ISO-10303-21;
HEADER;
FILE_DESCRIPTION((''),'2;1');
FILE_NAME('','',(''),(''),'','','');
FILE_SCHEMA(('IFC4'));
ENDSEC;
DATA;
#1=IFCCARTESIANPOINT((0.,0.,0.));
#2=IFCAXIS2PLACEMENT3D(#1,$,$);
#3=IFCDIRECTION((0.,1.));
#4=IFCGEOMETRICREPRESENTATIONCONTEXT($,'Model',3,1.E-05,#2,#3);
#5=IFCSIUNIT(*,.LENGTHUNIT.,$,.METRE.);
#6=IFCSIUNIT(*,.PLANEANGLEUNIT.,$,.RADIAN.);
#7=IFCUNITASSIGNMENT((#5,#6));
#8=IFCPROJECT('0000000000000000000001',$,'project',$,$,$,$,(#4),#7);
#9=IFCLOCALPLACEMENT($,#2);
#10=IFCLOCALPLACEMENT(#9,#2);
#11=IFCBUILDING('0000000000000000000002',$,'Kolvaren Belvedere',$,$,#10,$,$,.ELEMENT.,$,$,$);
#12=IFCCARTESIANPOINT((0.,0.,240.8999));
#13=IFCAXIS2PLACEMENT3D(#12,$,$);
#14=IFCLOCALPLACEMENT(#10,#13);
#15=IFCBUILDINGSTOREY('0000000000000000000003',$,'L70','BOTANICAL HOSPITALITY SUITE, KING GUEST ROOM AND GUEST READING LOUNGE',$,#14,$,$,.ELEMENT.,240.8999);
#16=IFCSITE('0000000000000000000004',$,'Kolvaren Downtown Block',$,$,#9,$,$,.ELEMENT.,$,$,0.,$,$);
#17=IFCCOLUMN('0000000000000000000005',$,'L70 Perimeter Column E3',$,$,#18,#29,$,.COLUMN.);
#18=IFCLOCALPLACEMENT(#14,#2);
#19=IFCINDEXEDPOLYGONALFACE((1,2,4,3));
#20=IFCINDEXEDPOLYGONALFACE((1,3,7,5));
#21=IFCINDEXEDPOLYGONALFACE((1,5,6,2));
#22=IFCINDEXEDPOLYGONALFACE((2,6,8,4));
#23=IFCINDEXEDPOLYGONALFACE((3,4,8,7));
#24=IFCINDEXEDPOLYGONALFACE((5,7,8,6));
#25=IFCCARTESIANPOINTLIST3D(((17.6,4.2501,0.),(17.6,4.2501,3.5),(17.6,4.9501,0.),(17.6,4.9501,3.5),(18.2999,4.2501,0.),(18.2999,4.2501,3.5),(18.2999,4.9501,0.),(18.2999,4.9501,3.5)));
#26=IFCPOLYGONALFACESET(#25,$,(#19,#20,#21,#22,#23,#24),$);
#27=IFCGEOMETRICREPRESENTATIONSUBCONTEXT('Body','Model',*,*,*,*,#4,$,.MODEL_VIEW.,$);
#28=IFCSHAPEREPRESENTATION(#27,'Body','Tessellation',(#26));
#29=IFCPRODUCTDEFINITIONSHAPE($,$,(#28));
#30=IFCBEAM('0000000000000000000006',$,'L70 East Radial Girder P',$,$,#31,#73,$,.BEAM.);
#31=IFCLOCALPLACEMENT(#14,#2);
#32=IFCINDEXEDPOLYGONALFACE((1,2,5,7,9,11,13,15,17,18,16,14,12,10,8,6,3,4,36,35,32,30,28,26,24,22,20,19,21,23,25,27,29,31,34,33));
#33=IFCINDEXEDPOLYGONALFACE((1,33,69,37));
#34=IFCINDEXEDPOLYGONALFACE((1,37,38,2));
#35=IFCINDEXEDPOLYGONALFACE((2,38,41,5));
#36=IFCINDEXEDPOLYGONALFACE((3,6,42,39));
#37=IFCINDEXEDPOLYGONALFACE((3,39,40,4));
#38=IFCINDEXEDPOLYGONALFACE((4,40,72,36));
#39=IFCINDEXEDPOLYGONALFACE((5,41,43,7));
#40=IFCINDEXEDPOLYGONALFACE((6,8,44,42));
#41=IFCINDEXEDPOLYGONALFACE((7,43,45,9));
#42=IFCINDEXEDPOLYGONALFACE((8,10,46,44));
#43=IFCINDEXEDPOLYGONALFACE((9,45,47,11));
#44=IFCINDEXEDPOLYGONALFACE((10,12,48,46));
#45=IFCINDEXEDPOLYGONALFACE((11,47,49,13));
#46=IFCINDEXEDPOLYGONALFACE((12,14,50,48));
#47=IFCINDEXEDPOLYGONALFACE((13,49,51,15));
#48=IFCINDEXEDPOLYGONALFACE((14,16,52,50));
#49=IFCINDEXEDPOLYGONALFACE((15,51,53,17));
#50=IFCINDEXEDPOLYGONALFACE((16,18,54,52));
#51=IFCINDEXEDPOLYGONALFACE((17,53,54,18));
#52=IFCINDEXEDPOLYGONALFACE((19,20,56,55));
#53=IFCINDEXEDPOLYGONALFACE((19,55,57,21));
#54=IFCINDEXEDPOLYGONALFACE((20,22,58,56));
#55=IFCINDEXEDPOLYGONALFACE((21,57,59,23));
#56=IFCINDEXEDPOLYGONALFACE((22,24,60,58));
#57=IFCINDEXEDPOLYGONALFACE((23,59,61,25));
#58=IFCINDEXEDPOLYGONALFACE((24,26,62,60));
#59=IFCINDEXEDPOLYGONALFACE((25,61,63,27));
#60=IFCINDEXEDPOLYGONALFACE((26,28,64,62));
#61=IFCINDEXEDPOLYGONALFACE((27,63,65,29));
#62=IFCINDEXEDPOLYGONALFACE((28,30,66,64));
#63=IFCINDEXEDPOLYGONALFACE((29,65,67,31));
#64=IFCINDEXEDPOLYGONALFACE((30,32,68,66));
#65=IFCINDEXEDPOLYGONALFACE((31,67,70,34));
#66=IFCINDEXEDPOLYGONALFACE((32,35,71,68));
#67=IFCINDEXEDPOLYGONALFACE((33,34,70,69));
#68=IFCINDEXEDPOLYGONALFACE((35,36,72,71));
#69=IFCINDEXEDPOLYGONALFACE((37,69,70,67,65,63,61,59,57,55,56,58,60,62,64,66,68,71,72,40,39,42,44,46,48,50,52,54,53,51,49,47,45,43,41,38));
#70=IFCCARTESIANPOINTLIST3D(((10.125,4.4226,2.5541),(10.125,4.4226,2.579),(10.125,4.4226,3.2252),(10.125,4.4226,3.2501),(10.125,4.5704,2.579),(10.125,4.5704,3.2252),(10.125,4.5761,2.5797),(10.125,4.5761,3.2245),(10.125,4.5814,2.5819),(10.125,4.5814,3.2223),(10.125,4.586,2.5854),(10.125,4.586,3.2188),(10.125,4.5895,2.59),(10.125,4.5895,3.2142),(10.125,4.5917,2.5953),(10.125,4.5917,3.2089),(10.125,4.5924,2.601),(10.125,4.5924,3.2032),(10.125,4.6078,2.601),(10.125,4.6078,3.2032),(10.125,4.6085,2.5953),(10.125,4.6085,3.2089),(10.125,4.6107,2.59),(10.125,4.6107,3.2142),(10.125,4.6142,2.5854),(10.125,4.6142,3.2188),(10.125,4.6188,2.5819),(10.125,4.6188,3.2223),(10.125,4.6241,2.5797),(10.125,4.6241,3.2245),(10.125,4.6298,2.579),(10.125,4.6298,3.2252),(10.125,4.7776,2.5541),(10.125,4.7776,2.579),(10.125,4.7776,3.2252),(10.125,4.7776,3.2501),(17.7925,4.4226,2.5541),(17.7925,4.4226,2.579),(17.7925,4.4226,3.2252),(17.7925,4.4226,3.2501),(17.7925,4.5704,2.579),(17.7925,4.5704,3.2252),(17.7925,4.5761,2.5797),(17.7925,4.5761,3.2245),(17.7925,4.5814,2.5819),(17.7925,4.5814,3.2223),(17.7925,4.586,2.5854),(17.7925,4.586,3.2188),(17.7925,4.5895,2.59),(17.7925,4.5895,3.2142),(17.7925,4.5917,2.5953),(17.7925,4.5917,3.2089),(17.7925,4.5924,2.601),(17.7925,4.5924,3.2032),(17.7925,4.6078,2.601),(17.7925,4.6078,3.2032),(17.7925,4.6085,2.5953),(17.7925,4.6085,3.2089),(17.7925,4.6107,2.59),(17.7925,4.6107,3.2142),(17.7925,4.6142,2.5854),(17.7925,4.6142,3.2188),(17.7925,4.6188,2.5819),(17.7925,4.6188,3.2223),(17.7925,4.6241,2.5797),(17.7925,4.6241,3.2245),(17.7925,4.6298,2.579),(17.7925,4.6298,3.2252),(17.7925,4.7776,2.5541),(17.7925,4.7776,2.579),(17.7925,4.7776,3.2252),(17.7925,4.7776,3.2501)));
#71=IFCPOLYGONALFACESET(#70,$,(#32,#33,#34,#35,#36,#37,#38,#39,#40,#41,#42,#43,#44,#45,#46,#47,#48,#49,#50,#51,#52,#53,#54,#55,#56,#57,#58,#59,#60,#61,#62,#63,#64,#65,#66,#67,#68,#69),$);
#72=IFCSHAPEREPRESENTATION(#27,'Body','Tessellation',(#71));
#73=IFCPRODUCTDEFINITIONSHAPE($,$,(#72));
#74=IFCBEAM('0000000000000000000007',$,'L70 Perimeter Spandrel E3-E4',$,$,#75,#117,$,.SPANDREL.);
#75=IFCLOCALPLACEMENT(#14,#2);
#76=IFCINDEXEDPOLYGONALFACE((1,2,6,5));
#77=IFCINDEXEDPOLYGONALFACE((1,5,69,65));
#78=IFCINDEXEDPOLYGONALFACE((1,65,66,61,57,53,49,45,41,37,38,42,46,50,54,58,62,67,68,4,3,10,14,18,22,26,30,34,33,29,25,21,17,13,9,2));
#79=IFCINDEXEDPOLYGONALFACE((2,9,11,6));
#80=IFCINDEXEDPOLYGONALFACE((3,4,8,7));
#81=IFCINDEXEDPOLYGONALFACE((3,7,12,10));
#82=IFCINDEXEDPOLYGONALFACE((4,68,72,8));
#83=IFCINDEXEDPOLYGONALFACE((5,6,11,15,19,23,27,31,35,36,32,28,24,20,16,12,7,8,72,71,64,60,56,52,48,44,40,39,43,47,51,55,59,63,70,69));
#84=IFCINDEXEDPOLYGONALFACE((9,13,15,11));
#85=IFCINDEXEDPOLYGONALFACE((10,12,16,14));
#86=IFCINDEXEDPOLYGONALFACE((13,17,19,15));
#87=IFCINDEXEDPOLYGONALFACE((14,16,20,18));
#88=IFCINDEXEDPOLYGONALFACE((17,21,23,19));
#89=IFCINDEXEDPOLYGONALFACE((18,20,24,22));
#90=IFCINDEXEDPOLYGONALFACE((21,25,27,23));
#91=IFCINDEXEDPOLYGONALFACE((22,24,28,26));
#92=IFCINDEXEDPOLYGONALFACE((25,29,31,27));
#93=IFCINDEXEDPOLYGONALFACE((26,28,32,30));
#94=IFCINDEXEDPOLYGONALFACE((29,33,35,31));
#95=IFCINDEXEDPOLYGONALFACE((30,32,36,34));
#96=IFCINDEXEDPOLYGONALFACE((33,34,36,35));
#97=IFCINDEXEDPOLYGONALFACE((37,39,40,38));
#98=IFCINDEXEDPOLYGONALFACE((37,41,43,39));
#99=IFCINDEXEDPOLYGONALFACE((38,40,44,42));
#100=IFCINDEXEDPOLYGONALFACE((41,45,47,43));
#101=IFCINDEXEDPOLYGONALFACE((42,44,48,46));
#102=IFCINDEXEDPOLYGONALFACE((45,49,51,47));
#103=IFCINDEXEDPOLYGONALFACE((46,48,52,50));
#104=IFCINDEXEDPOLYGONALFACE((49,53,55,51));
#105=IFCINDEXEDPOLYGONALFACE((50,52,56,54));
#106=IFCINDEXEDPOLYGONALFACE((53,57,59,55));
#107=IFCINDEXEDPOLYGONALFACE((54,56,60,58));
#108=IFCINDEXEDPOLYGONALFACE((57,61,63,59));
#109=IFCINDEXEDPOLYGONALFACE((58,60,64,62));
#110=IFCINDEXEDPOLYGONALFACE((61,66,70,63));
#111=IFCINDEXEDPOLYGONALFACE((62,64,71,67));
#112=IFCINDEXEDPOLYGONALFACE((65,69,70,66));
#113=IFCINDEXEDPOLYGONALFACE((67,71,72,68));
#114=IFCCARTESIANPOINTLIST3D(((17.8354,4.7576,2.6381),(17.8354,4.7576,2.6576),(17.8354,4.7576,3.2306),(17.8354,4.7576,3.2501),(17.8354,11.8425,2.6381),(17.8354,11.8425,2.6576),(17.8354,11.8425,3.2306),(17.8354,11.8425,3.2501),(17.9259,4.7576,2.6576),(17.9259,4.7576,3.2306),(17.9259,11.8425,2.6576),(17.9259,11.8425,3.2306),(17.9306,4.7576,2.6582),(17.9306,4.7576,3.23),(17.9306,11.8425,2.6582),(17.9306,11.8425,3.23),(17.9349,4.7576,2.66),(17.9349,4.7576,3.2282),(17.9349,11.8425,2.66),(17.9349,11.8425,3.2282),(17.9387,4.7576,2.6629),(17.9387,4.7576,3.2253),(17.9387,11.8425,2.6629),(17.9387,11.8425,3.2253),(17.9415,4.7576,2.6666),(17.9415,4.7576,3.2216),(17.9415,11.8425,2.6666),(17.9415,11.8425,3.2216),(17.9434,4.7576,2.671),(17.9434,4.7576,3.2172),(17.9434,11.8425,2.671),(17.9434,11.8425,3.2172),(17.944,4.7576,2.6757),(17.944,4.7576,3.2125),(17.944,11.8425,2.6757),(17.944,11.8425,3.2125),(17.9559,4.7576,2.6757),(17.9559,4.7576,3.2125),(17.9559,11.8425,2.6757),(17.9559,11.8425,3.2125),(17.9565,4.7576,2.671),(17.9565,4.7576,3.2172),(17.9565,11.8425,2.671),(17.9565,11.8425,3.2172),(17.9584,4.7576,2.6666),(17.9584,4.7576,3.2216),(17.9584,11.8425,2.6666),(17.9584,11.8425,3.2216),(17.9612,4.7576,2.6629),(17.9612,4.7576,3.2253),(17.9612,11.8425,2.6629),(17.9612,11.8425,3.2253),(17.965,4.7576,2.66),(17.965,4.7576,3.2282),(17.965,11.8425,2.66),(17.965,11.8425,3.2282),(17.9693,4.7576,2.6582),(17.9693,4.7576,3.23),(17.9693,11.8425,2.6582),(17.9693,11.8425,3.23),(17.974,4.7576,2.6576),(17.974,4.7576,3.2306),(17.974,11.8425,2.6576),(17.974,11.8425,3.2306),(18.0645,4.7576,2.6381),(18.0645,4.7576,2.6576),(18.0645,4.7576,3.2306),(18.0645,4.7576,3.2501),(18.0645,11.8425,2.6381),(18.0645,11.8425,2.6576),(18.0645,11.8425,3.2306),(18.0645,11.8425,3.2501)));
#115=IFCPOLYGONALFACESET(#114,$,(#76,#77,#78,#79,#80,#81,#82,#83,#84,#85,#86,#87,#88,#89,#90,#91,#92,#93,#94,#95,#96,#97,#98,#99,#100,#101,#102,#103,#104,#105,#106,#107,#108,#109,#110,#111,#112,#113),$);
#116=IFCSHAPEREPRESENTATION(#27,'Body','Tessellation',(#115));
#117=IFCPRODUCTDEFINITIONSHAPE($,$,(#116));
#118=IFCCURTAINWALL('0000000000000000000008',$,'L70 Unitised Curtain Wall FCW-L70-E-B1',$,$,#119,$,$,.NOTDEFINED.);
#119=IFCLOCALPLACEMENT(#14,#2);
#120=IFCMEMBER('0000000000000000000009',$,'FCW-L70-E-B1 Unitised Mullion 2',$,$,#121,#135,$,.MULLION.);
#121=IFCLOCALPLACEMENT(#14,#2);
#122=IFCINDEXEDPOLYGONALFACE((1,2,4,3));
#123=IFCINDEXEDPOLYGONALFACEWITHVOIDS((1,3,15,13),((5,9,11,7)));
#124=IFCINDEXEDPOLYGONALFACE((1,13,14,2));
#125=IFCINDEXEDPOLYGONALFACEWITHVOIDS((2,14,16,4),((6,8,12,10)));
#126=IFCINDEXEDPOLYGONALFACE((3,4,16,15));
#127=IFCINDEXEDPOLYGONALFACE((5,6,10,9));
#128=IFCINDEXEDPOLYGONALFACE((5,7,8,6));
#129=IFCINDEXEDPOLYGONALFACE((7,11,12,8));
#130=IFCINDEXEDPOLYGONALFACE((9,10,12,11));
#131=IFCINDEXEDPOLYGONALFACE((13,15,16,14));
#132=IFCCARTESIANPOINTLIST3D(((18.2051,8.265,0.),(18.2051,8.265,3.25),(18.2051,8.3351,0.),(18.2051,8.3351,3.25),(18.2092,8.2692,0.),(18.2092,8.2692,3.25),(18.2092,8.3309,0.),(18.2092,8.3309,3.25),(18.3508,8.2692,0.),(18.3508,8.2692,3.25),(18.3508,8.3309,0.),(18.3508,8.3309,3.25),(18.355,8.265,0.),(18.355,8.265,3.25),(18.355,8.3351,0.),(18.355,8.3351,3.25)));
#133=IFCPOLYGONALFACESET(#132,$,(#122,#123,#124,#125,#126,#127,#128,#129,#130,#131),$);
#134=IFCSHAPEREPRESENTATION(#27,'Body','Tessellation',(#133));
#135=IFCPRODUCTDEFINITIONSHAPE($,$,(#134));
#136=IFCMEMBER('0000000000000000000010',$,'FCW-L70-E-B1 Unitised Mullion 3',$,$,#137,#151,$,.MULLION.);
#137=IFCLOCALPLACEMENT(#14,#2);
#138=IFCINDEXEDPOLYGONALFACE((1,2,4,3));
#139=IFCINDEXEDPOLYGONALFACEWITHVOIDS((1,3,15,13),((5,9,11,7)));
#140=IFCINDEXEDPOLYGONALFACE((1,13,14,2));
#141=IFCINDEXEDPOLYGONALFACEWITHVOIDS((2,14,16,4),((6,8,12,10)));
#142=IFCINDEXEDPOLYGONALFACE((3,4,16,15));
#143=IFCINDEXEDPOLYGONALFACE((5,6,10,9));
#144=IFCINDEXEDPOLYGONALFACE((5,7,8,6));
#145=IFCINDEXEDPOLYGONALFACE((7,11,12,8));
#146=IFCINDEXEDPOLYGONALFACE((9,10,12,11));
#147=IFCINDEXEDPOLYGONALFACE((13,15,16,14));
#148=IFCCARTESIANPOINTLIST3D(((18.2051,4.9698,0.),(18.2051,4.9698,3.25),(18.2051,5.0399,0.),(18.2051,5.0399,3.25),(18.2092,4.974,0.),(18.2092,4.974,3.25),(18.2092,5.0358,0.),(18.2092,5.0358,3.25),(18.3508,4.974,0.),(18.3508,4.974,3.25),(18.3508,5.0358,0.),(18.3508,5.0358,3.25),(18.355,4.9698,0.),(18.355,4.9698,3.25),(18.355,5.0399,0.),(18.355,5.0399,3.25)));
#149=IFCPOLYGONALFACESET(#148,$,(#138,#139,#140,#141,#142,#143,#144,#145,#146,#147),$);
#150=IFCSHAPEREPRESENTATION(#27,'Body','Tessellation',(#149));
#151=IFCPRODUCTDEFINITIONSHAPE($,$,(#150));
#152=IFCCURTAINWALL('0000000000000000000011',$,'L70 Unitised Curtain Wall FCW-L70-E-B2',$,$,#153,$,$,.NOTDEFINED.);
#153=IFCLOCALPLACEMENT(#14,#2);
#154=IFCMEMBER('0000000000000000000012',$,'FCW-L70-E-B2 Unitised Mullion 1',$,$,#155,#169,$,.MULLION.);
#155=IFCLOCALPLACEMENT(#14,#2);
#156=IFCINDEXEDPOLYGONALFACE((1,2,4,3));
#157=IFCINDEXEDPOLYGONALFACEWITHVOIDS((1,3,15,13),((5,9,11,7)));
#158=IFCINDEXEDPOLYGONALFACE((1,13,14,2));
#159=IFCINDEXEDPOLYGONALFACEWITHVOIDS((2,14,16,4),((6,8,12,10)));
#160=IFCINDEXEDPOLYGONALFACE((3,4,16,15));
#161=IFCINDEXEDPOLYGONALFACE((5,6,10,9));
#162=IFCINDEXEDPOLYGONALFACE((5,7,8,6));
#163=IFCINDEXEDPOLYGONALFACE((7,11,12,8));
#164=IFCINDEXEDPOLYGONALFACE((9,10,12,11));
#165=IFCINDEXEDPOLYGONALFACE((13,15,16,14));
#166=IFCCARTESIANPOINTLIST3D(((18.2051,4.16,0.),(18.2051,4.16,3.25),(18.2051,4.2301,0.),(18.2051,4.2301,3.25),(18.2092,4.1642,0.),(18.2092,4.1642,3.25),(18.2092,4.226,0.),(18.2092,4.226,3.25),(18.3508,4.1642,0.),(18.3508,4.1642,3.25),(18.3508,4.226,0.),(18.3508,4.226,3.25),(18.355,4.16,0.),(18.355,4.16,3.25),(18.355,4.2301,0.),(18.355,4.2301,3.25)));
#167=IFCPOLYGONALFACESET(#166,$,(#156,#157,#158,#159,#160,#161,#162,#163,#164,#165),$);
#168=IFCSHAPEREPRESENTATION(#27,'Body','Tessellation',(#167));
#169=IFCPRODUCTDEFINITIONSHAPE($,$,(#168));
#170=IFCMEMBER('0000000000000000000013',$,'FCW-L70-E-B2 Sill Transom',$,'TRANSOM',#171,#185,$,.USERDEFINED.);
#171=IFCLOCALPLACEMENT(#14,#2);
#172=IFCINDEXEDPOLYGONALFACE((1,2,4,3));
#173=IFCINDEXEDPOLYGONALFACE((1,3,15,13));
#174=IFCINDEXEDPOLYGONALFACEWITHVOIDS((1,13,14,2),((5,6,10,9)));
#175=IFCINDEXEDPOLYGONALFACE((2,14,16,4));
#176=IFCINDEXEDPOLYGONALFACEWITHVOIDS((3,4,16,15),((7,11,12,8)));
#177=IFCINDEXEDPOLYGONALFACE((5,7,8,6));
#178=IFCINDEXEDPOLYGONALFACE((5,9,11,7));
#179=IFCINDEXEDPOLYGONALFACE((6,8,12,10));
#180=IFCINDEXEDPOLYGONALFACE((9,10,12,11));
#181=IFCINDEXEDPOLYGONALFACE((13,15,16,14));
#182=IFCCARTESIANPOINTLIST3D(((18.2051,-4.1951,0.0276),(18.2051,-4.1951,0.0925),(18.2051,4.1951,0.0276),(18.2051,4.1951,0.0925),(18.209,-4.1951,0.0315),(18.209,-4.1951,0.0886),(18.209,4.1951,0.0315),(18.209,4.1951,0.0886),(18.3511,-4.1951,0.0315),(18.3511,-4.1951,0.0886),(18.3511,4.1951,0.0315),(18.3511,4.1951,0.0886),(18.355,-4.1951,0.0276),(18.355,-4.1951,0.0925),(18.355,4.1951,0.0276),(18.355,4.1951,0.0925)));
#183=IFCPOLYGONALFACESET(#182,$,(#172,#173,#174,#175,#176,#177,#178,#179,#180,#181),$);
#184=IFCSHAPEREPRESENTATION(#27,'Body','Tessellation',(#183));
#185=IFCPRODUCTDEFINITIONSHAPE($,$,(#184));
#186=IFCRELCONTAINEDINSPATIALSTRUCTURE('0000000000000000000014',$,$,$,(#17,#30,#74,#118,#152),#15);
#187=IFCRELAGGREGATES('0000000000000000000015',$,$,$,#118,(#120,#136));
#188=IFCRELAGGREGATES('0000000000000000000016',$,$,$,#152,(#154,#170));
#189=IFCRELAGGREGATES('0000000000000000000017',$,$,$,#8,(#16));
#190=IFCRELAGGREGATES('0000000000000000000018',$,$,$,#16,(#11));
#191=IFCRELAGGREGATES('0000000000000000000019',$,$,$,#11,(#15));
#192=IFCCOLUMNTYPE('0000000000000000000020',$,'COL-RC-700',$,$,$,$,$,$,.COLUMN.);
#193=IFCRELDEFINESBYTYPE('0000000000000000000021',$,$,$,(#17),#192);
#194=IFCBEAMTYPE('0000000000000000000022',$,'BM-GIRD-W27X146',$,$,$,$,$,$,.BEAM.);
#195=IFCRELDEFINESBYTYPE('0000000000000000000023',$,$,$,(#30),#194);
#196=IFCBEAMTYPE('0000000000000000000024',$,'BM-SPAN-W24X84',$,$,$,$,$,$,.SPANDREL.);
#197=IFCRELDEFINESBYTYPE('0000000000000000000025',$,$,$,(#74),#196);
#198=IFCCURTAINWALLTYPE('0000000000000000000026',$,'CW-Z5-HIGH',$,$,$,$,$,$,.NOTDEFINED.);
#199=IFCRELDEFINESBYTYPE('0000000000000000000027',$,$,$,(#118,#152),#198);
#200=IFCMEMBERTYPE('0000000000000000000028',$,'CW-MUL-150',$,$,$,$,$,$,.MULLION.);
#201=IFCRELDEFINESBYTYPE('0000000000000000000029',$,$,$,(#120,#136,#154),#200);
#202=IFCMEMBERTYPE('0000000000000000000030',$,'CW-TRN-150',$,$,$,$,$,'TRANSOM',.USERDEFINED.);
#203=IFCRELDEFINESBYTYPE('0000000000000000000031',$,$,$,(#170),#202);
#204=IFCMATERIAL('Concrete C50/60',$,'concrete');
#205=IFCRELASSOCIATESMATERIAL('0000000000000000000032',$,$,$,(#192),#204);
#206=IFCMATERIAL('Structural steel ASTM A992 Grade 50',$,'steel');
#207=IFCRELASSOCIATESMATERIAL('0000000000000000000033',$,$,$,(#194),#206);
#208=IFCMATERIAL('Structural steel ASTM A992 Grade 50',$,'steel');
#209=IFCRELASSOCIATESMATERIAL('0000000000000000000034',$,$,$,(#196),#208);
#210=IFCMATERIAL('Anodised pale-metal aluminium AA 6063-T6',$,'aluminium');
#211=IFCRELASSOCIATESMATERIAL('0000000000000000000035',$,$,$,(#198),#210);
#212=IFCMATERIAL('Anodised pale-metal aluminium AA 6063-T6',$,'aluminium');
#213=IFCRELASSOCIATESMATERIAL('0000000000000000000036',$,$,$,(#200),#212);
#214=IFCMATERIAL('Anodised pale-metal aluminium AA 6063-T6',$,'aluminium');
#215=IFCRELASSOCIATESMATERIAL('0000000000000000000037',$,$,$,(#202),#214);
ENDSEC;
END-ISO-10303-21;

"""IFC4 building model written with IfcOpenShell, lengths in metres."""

from ifc_helpers import new_model, si_unit, direction, frame, origin, origin_2d, place, context, subcontext, project, spatial, rectangle, hollow_rectangle, i_section, extrude, material, material_profile, profile_set, type_object, element, aggregate, save


model = new_model("IFC4")

# Units and contexts
model_context = context("Model", 3, precision=1e-05, world=origin(), true_north=direction((0.0, 1.0)))
body_context = subcontext(model_context, "Body", "Model", "MODEL_VIEW")
ifc_project = project(units=[si_unit("LENGTHUNIT", "METRE"), si_unit("PLANEANGLEUNIT", "RADIAN")], contexts=[model_context])

# Site, building, storey
site_placement = place(None, origin())
site = spatial("IfcSite", under=ifc_project, at=site_placement, Name="Kolvaren Downtown Block", CompositionType="ELEMENT", RefElevation=0.0)
building_placement = place(site_placement, origin())
building = spatial("IfcBuilding", under=site, at=building_placement, Name="Kolvaren Belvedere", CompositionType="ELEMENT")
storey_placement = place(building_placement, frame((0.0, 0.0, 240.8999)))
storey = spatial("IfcBuildingStorey", under=building, at=storey_placement, Name="L70", Description="BOTANICAL HOSPITALITY SUITE, KING GUEST ROOM AND GUEST READING LOUNGE", CompositionType="ELEMENT", Elevation=240.8999)

# Column
ifc_material_1 = material(Name="Concrete C50/60", Category="concrete")
ifc_material_profile_1 = material_profile(ifc_material_1, rectangle(XDim=0.7, YDim=0.7, at=origin_2d()), Name="RC 700X700")
ifc_profile_set_1 = profile_set([ifc_material_profile_1], Name="Concrete C50/60")
column_type = type_object("IfcColumnType", Name="COL-RC-700", PredefinedType="COLUMN", material=ifc_profile_set_1)
column_placement = place(storey_placement, frame((17.95, 4.6001, 0.0), z_axis=(0.0, 0.0, 1.0), x_axis=(1.0, 0.0, 0.0)))
element("IfcColumn", 1, at=column_placement, inside=storey, type_object=column_type, Name="L70 Perimeter Column E3", PredefinedType="COLUMN", context=body_context, shape_type="SweptSolid", body=[
    extrude(rectangle(XDim=0.7, YDim=0.7, at=origin_2d()), origin(), (0.0, 0.0, 1.0), 3.5),
])

# Beams
ifc_material_2 = material(Name="Structural steel ASTM A992 Grade 50", Category="steel")
ifc_material_profile_2 = material_profile(ifc_material_2, i_section(OverallWidth=0.355, OverallDepth=0.696, WebThickness=0.0154, FlangeThickness=0.0249, FilletRadius=0.022, at=origin_2d()), Name="W27X146")
ifc_profile_set_2 = profile_set([ifc_material_profile_2], Name="Structural steel ASTM A992 Grade 50")
beam_type_1 = type_object("IfcBeamType", Name="BM-GIRD-W27X146", PredefinedType="BEAM", material=ifc_profile_set_2)
beam_1_placement = place(storey_placement, frame((10.125, 4.6001, 2.9021), z_axis=(1.0, 0.0, 0.0), x_axis=(0.0, 1.0, 0.0)))
element("IfcBeam", 2, at=beam_1_placement, inside=storey, type_object=beam_type_1, Name="L70 East Radial Girder P", PredefinedType="BEAM", context=body_context, shape_type="SweptSolid", body=[
    extrude(i_section(OverallWidth=0.355, OverallDepth=0.696, WebThickness=0.0154, FlangeThickness=0.0249, FilletRadius=0.022, at=origin_2d()), origin(), (0.0, 0.0, 1.0), 7.6675),
])
ifc_material_3 = material(Name="Structural steel ASTM A992 Grade 50", Category="steel")
ifc_material_profile_3 = material_profile(ifc_material_3, i_section(OverallWidth=0.229, OverallDepth=0.6121, WebThickness=0.012, FlangeThickness=0.0195, FilletRadius=0.0181, at=origin_2d()), Name="W24X84")
ifc_profile_set_3 = profile_set([ifc_material_profile_3], Name="Structural steel ASTM A992 Grade 50")
beam_type_2 = type_object("IfcBeamType", Name="BM-SPAN-W24X84", PredefinedType="SPANDREL", material=ifc_profile_set_3)
beam_2_placement = place(storey_placement, frame((17.95, 4.7576, 2.9441), z_axis=(0.0, 1.0, 0.0), x_axis=(-1.0, 0.0, 0.0)))
element("IfcBeam", 3, at=beam_2_placement, inside=storey, type_object=beam_type_2, Name="L70 Perimeter Spandrel E3-E4", PredefinedType="SPANDREL", context=body_context, shape_type="SweptSolid", body=[
    extrude(i_section(OverallWidth=0.229, OverallDepth=0.6121, WebThickness=0.012, FlangeThickness=0.0195, FilletRadius=0.0181, at=origin_2d()), origin(), (0.0, 0.0, 1.0), 7.085),
])

# Curtain walls, members
ifc_material_4 = material(Name="Anodised pale-metal aluminium AA 6063-T6", Category="aluminium")
curtain_wall_type = type_object("IfcCurtainWallType", Name="CW-Z5-HIGH", PredefinedType="NOTDEFINED", material=ifc_material_4)
curtain_wall_1_placement = place(storey_placement, origin())
curtain_wall_1 = element("IfcCurtainWall", 4, at=curtain_wall_1_placement, inside=storey, type_object=curtain_wall_type, Name="L70 Unitised Curtain Wall FCW-L70-E-B1", PredefinedType="NOTDEFINED")
ifc_material_5 = material(Name="Anodised pale-metal aluminium AA 6063-T6", Category="aluminium")
ifc_material_profile_4 = material_profile(ifc_material_5, hollow_rectangle(XDim=0.0701, YDim=0.1499, WallThickness=0.0042, at=origin_2d()), Name="ALU-MUL-150X70")
ifc_profile_set_4 = profile_set([ifc_material_profile_4], Name="Anodised pale-metal aluminium AA 6063-T6")
member_type_1 = type_object("IfcMemberType", Name="CW-MUL-150", PredefinedType="MULLION", material=ifc_profile_set_4)
member_1_placement = place(storey_placement, frame((18.28, 8.3, 0.0), z_axis=(0.0, 0.0, 1.0), x_axis=(0.0, 1.0, 0.0)))
member_1 = element("IfcMember", 5, at=member_1_placement, type_object=member_type_1, Name="FCW-L70-E-B1 Unitised Mullion 2", PredefinedType="MULLION", context=body_context, shape_type="SweptSolid", body=[
    extrude(hollow_rectangle(XDim=0.0701, YDim=0.1499, WallThickness=0.0042, at=origin_2d()), origin(), (0.0, 0.0, 1.0), 3.25),
])
member_2_placement = place(storey_placement, frame((18.28, 5.0049, 0.0), z_axis=(0.0, 0.0, 1.0), x_axis=(0.0, 1.0, 0.0)))
member_2 = element("IfcMember", 6, at=member_2_placement, type_object=member_type_1, Name="FCW-L70-E-B1 Unitised Mullion 3", PredefinedType="MULLION", context=body_context, shape_type="SweptSolid", body=[
    extrude(hollow_rectangle(XDim=0.0701, YDim=0.1499, WallThickness=0.0042, at=origin_2d()), origin(), (0.0, 0.0, 1.0), 3.25),
])
curtain_wall_2_placement = place(storey_placement, origin())
curtain_wall_2 = element("IfcCurtainWall", 7, at=curtain_wall_2_placement, inside=storey, type_object=curtain_wall_type, Name="L70 Unitised Curtain Wall FCW-L70-E-B2", PredefinedType="NOTDEFINED")
member_3_placement = place(storey_placement, frame((18.28, 4.1951, 0.0), z_axis=(0.0, 0.0, 1.0), x_axis=(0.0, 1.0, 0.0)))
member_3 = element("IfcMember", 8, at=member_3_placement, type_object=member_type_1, Name="FCW-L70-E-B2 Unitised Mullion 1", PredefinedType="MULLION", context=body_context, shape_type="SweptSolid", body=[
    extrude(hollow_rectangle(XDim=0.0701, YDim=0.1499, WallThickness=0.0042, at=origin_2d()), origin(), (0.0, 0.0, 1.0), 3.25),
])
ifc_material_6 = material(Name="Anodised pale-metal aluminium AA 6063-T6", Category="aluminium")
ifc_material_profile_5 = material_profile(ifc_material_6, hollow_rectangle(XDim=0.0649, YDim=0.1499, WallThickness=0.0039, at=origin_2d()), Name="ALU-TRN-150X65")
ifc_profile_set_5 = profile_set([ifc_material_profile_5], Name="Anodised pale-metal aluminium AA 6063-T6")
member_type_2 = type_object("IfcMemberType", Name="CW-TRN-150", ElementType="TRANSOM", PredefinedType="USERDEFINED", material=ifc_profile_set_5)
member_4_placement = place(storey_placement, frame((18.28, 4.1951, 0.0601), z_axis=(0.0, -1.0, 0.0), x_axis=(0.0, 0.0, 1.0)))
member_4 = element("IfcMember", 9, at=member_4_placement, type_object=member_type_2, Name="FCW-L70-E-B2 Sill Transom", ObjectType="TRANSOM", PredefinedType="USERDEFINED", context=body_context, shape_type="SweptSolid", body=[
    extrude(hollow_rectangle(XDim=0.0649, YDim=0.1499, WallThickness=0.0039, at=origin_2d()), origin(), (0.0, 0.0, 1.0), 8.3901),
])

aggregate(curtain_wall_1, [member_1, member_2])
aggregate(curtain_wall_2, [member_3, member_4])

save(model, "model.ifc")
